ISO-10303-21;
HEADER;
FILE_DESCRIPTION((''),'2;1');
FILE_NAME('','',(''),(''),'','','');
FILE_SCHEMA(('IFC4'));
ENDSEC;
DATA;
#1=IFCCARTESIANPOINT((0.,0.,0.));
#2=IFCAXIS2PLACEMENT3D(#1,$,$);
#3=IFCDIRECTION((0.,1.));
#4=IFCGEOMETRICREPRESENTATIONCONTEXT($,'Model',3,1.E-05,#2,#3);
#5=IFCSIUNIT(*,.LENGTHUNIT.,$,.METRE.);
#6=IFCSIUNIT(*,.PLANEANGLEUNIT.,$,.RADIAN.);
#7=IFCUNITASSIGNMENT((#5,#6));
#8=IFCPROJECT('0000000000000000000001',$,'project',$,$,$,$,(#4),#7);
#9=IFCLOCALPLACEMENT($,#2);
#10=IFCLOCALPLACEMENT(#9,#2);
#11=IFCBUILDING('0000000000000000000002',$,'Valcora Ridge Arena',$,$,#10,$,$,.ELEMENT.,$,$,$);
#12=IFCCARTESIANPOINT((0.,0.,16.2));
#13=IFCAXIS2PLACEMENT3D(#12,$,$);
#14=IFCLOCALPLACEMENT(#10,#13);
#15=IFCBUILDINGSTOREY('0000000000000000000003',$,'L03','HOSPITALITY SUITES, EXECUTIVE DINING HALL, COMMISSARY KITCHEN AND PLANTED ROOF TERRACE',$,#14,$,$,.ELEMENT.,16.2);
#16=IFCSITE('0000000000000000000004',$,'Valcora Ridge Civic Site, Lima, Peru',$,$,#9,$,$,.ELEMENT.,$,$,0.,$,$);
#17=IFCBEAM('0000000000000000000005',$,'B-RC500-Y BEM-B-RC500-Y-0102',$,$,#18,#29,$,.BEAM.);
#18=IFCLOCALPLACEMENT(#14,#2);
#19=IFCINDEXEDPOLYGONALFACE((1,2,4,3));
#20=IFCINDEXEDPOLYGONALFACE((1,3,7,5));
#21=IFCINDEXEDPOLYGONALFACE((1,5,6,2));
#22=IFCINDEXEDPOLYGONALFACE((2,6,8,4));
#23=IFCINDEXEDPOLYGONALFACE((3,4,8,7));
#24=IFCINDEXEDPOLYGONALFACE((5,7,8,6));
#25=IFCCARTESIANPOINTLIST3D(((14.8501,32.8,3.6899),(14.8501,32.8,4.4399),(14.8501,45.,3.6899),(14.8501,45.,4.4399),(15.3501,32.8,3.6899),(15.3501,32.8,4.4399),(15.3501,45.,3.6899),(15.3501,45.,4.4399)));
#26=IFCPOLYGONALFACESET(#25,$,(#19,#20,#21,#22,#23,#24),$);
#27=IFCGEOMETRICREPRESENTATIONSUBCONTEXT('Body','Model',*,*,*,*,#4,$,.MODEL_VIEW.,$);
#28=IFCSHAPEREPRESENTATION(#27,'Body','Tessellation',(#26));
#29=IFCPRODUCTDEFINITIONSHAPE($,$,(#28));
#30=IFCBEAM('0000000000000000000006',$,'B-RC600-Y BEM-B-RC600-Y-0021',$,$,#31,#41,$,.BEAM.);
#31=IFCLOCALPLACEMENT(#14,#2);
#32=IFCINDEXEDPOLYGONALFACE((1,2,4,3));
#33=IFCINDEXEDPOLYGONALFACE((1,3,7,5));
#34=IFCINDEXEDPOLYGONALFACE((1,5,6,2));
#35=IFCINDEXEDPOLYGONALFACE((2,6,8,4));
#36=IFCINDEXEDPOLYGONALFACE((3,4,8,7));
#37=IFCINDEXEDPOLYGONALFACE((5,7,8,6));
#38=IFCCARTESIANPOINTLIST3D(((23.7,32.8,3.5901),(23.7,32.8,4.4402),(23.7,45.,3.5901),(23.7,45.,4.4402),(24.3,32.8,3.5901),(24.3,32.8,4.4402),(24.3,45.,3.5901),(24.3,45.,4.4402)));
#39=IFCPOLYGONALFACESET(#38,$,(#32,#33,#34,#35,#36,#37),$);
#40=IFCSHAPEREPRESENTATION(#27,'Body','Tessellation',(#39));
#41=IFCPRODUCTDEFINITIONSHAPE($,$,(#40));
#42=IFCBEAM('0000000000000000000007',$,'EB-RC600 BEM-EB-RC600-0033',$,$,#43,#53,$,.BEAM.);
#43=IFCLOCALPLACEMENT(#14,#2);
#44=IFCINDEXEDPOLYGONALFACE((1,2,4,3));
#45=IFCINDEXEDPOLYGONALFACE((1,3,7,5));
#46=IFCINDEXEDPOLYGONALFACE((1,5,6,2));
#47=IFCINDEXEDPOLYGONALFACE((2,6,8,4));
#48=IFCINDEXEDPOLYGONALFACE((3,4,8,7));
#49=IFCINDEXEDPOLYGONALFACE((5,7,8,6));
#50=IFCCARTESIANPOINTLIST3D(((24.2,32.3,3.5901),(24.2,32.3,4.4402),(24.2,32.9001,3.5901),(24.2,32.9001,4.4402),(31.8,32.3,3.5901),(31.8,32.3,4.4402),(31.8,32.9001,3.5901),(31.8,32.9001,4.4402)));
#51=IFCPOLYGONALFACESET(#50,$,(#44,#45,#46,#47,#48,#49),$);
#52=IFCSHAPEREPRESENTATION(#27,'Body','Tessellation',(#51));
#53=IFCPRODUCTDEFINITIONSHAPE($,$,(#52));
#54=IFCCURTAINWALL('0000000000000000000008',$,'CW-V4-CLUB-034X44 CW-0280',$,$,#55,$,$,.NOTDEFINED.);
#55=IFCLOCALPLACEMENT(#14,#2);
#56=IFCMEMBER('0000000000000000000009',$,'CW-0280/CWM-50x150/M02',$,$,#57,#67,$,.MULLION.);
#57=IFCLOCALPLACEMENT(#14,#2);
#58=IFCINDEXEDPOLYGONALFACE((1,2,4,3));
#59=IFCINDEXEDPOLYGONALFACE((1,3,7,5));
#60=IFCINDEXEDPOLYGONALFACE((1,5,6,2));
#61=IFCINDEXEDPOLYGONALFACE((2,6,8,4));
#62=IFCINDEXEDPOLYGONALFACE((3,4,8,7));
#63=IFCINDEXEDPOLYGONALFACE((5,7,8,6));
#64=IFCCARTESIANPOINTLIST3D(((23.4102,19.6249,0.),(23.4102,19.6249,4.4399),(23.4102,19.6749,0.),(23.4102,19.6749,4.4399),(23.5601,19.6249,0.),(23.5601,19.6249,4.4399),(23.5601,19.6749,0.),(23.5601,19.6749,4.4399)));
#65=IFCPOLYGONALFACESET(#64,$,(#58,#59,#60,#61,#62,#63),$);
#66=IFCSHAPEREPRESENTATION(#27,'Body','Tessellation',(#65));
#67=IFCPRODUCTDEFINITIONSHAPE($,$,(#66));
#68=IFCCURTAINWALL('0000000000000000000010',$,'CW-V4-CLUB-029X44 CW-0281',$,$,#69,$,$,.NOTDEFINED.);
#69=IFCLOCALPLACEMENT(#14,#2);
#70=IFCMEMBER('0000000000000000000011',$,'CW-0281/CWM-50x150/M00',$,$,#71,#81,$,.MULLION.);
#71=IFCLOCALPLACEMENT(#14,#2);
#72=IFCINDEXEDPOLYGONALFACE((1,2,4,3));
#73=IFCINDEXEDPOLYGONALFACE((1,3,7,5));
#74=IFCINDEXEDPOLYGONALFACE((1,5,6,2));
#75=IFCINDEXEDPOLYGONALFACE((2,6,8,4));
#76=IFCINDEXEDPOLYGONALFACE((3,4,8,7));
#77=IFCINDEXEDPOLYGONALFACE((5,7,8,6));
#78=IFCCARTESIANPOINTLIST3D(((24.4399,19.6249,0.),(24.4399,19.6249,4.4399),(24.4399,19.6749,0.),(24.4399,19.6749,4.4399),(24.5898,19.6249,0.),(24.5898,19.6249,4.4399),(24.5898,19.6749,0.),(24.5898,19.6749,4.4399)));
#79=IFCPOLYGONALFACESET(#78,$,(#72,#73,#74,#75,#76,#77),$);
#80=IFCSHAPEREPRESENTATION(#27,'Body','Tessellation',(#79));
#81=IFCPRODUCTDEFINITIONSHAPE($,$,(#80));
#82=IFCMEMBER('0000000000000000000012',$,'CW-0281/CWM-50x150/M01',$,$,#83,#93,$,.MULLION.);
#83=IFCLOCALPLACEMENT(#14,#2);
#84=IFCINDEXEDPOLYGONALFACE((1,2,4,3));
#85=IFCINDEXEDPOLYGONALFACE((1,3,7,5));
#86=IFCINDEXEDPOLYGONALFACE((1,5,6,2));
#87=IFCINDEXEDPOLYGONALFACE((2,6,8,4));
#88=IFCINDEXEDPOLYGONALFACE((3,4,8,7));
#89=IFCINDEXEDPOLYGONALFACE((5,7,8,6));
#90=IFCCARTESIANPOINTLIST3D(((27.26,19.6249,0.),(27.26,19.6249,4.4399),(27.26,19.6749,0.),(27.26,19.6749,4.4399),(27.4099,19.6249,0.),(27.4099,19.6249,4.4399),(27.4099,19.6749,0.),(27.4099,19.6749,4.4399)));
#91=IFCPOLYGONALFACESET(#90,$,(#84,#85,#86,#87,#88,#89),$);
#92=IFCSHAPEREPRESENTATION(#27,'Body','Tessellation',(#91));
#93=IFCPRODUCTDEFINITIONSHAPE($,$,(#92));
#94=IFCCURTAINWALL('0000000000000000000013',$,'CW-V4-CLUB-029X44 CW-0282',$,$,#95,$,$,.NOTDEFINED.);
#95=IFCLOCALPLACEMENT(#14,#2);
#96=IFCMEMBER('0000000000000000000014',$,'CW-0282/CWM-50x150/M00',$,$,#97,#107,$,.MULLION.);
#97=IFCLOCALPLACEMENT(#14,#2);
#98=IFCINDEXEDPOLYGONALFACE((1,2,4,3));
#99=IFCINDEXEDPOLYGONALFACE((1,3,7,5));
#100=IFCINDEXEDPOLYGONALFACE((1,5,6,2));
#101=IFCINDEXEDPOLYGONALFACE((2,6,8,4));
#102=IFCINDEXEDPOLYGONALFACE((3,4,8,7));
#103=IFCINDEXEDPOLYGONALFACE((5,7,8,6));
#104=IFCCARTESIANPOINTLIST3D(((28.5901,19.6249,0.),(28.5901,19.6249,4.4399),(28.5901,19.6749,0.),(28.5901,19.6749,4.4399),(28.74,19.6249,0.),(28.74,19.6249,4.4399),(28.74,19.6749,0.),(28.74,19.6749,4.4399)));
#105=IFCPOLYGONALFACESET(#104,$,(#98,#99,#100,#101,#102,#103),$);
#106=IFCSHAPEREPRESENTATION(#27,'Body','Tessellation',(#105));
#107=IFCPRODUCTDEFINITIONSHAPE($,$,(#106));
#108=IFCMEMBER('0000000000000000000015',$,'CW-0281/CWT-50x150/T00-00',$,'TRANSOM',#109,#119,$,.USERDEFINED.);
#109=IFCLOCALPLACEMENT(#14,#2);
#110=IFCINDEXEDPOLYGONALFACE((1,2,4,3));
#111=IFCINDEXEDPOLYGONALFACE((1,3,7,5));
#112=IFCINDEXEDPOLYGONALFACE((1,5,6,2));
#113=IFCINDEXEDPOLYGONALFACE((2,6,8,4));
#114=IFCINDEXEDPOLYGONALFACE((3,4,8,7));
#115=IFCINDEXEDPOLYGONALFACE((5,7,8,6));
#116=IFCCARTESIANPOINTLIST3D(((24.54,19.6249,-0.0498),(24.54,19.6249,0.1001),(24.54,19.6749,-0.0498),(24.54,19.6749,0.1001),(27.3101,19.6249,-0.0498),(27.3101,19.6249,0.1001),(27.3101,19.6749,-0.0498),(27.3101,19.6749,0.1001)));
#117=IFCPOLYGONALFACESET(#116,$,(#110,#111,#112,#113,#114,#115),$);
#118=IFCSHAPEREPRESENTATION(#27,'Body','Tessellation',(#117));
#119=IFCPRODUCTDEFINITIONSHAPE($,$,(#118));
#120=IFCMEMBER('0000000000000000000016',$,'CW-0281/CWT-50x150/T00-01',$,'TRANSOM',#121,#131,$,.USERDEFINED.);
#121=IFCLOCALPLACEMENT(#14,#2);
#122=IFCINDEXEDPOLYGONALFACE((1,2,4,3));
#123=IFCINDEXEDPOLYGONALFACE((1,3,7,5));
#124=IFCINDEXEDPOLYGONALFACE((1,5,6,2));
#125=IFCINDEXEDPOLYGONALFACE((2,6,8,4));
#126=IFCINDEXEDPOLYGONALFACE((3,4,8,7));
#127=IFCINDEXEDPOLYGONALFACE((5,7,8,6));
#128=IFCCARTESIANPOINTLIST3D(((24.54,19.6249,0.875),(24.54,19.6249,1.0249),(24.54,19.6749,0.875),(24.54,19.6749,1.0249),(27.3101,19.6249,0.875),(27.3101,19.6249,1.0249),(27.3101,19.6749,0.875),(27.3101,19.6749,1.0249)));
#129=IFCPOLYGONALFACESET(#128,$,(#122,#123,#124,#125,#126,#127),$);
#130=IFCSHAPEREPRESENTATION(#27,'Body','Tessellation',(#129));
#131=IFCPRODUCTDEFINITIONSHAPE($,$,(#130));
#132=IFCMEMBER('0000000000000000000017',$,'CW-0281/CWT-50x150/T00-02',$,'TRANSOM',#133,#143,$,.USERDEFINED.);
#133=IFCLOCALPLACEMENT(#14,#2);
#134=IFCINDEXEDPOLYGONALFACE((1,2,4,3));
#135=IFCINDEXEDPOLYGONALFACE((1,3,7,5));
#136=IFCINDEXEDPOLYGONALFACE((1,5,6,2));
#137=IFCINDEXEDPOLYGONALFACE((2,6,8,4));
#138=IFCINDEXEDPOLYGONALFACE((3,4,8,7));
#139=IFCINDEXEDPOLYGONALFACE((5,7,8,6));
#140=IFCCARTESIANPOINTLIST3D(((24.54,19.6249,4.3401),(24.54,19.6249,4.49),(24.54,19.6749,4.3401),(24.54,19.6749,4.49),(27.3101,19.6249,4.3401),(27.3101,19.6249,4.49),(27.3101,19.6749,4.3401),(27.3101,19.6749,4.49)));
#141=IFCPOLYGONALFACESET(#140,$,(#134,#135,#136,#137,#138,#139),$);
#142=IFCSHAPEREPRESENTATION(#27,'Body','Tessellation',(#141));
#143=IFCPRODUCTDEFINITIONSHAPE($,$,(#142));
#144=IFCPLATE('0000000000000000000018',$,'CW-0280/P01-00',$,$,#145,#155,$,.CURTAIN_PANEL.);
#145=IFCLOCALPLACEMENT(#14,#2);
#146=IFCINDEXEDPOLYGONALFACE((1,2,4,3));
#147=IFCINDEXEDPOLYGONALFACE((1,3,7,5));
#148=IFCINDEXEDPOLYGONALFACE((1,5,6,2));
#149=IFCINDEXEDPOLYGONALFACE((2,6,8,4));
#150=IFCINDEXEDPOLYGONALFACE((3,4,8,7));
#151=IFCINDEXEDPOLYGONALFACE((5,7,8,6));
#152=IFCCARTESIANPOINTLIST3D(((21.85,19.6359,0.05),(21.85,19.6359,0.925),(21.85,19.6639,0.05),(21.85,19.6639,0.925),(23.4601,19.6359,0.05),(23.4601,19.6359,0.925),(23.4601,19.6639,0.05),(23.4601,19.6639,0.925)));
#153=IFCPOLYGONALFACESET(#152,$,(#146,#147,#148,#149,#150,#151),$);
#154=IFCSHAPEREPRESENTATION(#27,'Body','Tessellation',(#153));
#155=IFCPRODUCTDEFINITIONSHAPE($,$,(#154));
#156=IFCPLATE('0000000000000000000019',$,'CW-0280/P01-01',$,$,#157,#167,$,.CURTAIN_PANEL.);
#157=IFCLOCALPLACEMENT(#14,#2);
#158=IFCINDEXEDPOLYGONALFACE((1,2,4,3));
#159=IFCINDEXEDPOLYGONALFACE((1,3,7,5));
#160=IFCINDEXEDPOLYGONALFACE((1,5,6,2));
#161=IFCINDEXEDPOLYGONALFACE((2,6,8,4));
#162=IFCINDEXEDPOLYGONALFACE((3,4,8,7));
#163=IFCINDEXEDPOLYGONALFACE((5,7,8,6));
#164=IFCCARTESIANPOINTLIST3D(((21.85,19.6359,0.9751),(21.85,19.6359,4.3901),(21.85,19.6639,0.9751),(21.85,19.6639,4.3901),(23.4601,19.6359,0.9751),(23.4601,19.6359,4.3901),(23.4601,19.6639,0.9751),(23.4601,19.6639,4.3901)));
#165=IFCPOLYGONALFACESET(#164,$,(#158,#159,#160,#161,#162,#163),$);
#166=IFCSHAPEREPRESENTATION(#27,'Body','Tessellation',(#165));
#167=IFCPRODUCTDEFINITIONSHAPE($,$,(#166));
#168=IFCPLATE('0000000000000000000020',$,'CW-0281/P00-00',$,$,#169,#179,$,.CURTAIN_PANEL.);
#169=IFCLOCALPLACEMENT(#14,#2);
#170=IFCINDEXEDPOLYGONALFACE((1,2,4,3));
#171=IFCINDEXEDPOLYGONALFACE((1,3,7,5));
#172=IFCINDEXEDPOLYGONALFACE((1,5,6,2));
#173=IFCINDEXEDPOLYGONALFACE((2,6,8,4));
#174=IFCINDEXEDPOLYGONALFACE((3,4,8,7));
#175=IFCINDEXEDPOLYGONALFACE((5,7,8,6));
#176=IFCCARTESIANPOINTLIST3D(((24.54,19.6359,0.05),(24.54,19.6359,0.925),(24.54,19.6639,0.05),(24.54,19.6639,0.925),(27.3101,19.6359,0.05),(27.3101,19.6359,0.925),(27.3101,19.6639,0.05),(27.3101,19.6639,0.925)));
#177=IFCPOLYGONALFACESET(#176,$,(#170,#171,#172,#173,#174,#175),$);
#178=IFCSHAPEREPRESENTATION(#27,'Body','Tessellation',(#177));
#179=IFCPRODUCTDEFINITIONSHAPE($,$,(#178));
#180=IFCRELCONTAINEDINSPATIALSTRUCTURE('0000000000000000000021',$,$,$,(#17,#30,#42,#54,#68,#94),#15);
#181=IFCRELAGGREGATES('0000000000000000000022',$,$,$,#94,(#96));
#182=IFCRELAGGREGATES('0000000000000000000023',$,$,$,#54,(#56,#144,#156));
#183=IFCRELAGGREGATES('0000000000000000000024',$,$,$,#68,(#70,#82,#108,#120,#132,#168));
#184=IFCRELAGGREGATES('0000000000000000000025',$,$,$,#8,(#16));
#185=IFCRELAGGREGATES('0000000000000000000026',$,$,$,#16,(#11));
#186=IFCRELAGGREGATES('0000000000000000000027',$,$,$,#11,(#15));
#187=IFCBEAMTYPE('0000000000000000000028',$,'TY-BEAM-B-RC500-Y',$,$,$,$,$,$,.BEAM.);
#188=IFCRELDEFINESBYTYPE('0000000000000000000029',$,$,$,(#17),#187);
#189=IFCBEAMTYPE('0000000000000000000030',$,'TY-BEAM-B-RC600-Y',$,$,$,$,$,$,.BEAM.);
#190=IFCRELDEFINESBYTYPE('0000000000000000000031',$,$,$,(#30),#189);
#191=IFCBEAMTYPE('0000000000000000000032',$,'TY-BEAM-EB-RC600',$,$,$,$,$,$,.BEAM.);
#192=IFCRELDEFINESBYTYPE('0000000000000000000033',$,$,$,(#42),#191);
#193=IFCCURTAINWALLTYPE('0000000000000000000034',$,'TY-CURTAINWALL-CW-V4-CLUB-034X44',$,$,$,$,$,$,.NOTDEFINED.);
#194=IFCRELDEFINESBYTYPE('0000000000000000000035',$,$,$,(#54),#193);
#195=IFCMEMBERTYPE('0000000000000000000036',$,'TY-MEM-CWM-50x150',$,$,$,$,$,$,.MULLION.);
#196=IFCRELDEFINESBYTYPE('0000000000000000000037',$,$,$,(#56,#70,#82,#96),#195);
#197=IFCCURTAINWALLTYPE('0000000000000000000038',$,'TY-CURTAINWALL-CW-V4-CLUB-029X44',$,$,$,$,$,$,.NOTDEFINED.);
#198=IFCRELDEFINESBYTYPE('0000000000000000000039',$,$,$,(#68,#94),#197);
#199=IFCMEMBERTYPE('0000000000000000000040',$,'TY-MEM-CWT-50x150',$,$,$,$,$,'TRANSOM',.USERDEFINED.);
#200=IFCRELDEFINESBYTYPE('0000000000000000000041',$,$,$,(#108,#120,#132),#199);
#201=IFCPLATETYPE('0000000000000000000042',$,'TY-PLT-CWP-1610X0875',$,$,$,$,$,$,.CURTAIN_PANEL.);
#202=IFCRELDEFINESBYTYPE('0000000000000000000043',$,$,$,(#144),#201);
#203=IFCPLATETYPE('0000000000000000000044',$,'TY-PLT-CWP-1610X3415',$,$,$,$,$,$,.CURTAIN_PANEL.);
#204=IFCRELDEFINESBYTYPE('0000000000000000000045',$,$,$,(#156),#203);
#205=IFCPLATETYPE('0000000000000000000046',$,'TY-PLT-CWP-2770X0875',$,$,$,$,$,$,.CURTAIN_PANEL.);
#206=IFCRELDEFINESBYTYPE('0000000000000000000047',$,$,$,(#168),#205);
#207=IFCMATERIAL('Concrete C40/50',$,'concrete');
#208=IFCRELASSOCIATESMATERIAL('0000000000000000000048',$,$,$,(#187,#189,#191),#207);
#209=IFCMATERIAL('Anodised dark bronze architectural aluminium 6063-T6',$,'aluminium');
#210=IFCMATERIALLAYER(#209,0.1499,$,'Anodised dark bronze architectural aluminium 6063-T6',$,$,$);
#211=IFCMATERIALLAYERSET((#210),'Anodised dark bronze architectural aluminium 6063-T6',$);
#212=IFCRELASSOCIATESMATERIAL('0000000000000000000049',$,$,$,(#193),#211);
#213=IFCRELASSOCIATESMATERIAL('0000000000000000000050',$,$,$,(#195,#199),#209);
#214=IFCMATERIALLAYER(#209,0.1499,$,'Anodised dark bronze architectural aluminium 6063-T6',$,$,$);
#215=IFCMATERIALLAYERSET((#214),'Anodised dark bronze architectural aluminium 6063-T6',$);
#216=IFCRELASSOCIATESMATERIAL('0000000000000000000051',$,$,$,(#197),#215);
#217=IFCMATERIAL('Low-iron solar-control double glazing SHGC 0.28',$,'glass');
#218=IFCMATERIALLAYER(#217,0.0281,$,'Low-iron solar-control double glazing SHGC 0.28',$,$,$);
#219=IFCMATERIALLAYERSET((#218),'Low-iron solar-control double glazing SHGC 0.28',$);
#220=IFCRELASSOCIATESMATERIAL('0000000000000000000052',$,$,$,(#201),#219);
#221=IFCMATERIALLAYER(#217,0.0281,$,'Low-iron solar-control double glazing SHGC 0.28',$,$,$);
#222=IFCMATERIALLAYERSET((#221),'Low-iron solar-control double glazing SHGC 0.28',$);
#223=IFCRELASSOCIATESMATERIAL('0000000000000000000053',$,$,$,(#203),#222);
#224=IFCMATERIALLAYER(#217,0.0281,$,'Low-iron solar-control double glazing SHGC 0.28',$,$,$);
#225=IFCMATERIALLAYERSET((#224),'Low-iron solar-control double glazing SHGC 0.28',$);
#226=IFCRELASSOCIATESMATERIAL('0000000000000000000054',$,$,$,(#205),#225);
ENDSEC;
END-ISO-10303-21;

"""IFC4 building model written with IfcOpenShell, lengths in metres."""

from ifc_helpers import new_model, si_unit, direction, frame, origin, origin_2d, place, context, subcontext, project, spatial, rectangle, extrude, material, layer, layer_set, material_profile, profile_set, type_object, element, aggregate, save


model = new_model("IFC4")

# Units and contexts
model_context = context("Model", 3, precision=1e-05, world=origin(), true_north=direction((0.0, 1.0)))
body_context = subcontext(model_context, "Body", "Model", "MODEL_VIEW")
ifc_project = project(units=[si_unit("LENGTHUNIT", "METRE"), si_unit("PLANEANGLEUNIT", "RADIAN")], contexts=[model_context])

# Site, building, storey
site_placement = place(None, origin())
site = spatial("IfcSite", under=ifc_project, at=site_placement, Name="Valcora Ridge Civic Site, Lima, Peru", CompositionType="ELEMENT", RefElevation=0.0)
building_placement = place(site_placement, origin())
building = spatial("IfcBuilding", under=site, at=building_placement, Name="Valcora Ridge Arena", CompositionType="ELEMENT")
storey_placement = place(building_placement, frame((0.0, 0.0, 16.2)))
storey = spatial("IfcBuildingStorey", under=building, at=storey_placement, Name="L03", Description="HOSPITALITY SUITES, EXECUTIVE DINING HALL, COMMISSARY KITCHEN AND PLANTED ROOF TERRACE", CompositionType="ELEMENT", Elevation=16.2)

# Shared definitions
ifc_material_1 = material(Name="Concrete C40/50", Category="concrete")

# Beams
ifc_material_profile_1 = material_profile(ifc_material_1, rectangle(XDim=0.5, YDim=0.75, at=origin_2d()), Name="RC 500x750")
ifc_profile_set_1 = profile_set([ifc_material_profile_1], Name="Concrete C40/50")
beam_type_1 = type_object("IfcBeamType", Name="TY-BEAM-B-RC500-Y", PredefinedType="BEAM", material=ifc_profile_set_1)
beam_1_placement = place(storey_placement, frame((15.1001, 32.8, 4.0649), z_axis=(0.0, 1.0, 0.0), x_axis=(-1.0, 0.0, 0.0)))
element("IfcBeam", 1, at=beam_1_placement, inside=storey, type_object=beam_type_1, Name="B-RC500-Y BEM-B-RC500-Y-0102", PredefinedType="BEAM", context=body_context, shape_type="SweptSolid", body=[
    extrude(rectangle(XDim=0.5, YDim=0.75, at=origin_2d()), origin(), (0.0, 0.0, 1.0), 12.2),
])
ifc_material_profile_2 = material_profile(ifc_material_1, rectangle(XDim=0.6001, YDim=0.8501, at=origin_2d()), Name="RC 600x850")
ifc_profile_set_2 = profile_set([ifc_material_profile_2], Name="Concrete C40/50")
beam_type_2 = type_object("IfcBeamType", Name="TY-BEAM-B-RC600-Y", PredefinedType="BEAM", material=ifc_profile_set_2)
beam_2_placement = place(storey_placement, frame((24.0, 32.8, 4.0151), z_axis=(0.0, 1.0, 0.0), x_axis=(-1.0, 0.0, 0.0)))
element("IfcBeam", 2, at=beam_2_placement, inside=storey, type_object=beam_type_2, Name="B-RC600-Y BEM-B-RC600-Y-0021", PredefinedType="BEAM", context=body_context, shape_type="SweptSolid", body=[
    extrude(rectangle(XDim=0.6001, YDim=0.8501, at=origin_2d()), origin(), (0.0, 0.0, 1.0), 12.2),
])
ifc_material_profile_3 = material_profile(ifc_material_1, rectangle(XDim=0.6001, YDim=0.8501, at=origin_2d()), Name="RC 600x850")
ifc_profile_set_3 = profile_set([ifc_material_profile_3], Name="Concrete C40/50")
beam_type_3 = type_object("IfcBeamType", Name="TY-BEAM-EB-RC600", PredefinedType="BEAM", material=ifc_profile_set_3)
beam_3_placement = place(storey_placement, frame((24.2, 32.6001, 4.0151), z_axis=(1.0, 0.0, 0.0), x_axis=(0.0, 1.0, 0.0)))
element("IfcBeam", 3, at=beam_3_placement, inside=storey, type_object=beam_type_3, Name="EB-RC600 BEM-EB-RC600-0033", PredefinedType="BEAM", context=body_context, shape_type="SweptSolid", body=[
    extrude(rectangle(XDim=0.6001, YDim=0.8501, at=origin_2d()), origin(), (0.0, 0.0, 1.0), 7.6001),
])

# Curtain wall, member
ifc_material_2 = material(Name="Anodised dark bronze architectural aluminium 6063-T6", Category="aluminium")
ifc_layer_1 = layer(ifc_material_2, 0.1499, Name="Anodised dark bronze architectural aluminium 6063-T6")
ifc_layer_set_1 = layer_set([ifc_layer_1], Name="Anodised dark bronze architectural aluminium 6063-T6")
curtain_wall_type_1 = type_object("IfcCurtainWallType", Name="TY-CURTAINWALL-CW-V4-CLUB-034X44", PredefinedType="NOTDEFINED", material=ifc_layer_set_1)
curtain_wall_1_placement = place(storey_placement, origin())
curtain_wall_1 = element("IfcCurtainWall", 4, at=curtain_wall_1_placement, inside=storey, type_object=curtain_wall_type_1, Name="CW-V4-CLUB-034X44 CW-0280", PredefinedType="NOTDEFINED")
ifc_material_profile_4 = material_profile(ifc_material_2, rectangle(XDim=0.05, YDim=0.1499, at=origin_2d()), Name="ALU MULLION 50x150")
ifc_profile_set_4 = profile_set([ifc_material_profile_4], Name="Anodised dark bronze architectural aluminium 6063-T6")
member_type_1 = type_object("IfcMemberType", Name="TY-MEM-CWM-50x150", PredefinedType="MULLION", material=ifc_profile_set_4)
member_1_placement = place(storey_placement, frame((23.4851, 19.6499, 0.0), z_axis=(0.0, 0.0, 1.0), x_axis=(0.0, 1.0, 0.0)))
member_1 = element("IfcMember", 5, at=member_1_placement, type_object=member_type_1, Name="CW-0280/CWM-50x150/M02", PredefinedType="MULLION", context=body_context, shape_type="SweptSolid", body=[
    extrude(rectangle(XDim=0.05, YDim=0.1499, at=origin_2d()), origin(), (0.0, 0.0, 1.0), 4.4399),
])

# Curtain wall, members
ifc_layer_2 = layer(ifc_material_2, 0.1499, Name="Anodised dark bronze architectural aluminium 6063-T6")
ifc_layer_set_2 = layer_set([ifc_layer_2], Name="Anodised dark bronze architectural aluminium 6063-T6")
curtain_wall_type_2 = type_object("IfcCurtainWallType", Name="TY-CURTAINWALL-CW-V4-CLUB-029X44", PredefinedType="NOTDEFINED", material=ifc_layer_set_2)
curtain_wall_2_placement = place(storey_placement, origin())
curtain_wall_2 = element("IfcCurtainWall", 6, at=curtain_wall_2_placement, inside=storey, type_object=curtain_wall_type_2, Name="CW-V4-CLUB-029X44 CW-0281", PredefinedType="NOTDEFINED")
member_2_placement = place(storey_placement, frame((24.5149, 19.6499, 0.0), z_axis=(0.0, 0.0, 1.0), x_axis=(0.0, 1.0, 0.0)))
member_2 = element("IfcMember", 7, at=member_2_placement, type_object=member_type_1, Name="CW-0281/CWM-50x150/M00", PredefinedType="MULLION", context=body_context, shape_type="SweptSolid", body=[
    extrude(rectangle(XDim=0.05, YDim=0.1499, at=origin_2d()), origin(), (0.0, 0.0, 1.0), 4.4399),
])
member_3_placement = place(storey_placement, frame((27.335, 19.6499, 0.0), z_axis=(0.0, 0.0, 1.0), x_axis=(0.0, 1.0, 0.0)))
member_3 = element("IfcMember", 8, at=member_3_placement, type_object=member_type_1, Name="CW-0281/CWM-50x150/M01", PredefinedType="MULLION", context=body_context, shape_type="SweptSolid", body=[
    extrude(rectangle(XDim=0.05, YDim=0.1499, at=origin_2d()), origin(), (0.0, 0.0, 1.0), 4.4399),
])

# Curtain wall, member
curtain_wall_3_placement = place(storey_placement, origin())
curtain_wall_3 = element("IfcCurtainWall", 9, at=curtain_wall_3_placement, inside=storey, type_object=curtain_wall_type_2, Name="CW-V4-CLUB-029X44 CW-0282", PredefinedType="NOTDEFINED")
member_4_placement = place(storey_placement, frame((28.665, 19.6499, 0.0), z_axis=(0.0, 0.0, 1.0), x_axis=(0.0, 1.0, 0.0)))
member_4 = element("IfcMember", 10, at=member_4_placement, type_object=member_type_1, Name="CW-0282/CWM-50x150/M00", PredefinedType="MULLION", context=body_context, shape_type="SweptSolid", body=[
    extrude(rectangle(XDim=0.05, YDim=0.1499, at=origin_2d()), origin(), (0.0, 0.0, 1.0), 4.4399),
])
aggregate(curtain_wall_3, [member_4])

# Members
ifc_material_profile_5 = material_profile(ifc_material_2, rectangle(XDim=0.05, YDim=0.1499, at=origin_2d()), Name="ALU TRANSOM 50x150")
ifc_profile_set_5 = profile_set([ifc_material_profile_5], Name="Anodised dark bronze architectural aluminium 6063-T6")
member_type_2 = type_object("IfcMemberType", Name="TY-MEM-CWT-50x150", ElementType="TRANSOM", PredefinedType="USERDEFINED", material=ifc_profile_set_5)
member_5_placement = place(storey_placement, frame((24.54, 19.6499, 0.0251), z_axis=(1.0, 0.0, 0.0), x_axis=(0.0, 1.0, 0.0)))
member_5 = element("IfcMember", 11, at=member_5_placement, type_object=member_type_2, Name="CW-0281/CWT-50x150/T00-00", ObjectType="TRANSOM", PredefinedType="USERDEFINED", context=body_context, shape_type="SweptSolid", body=[
    extrude(rectangle(XDim=0.05, YDim=0.1499, at=origin_2d()), origin(), (0.0, 0.0, 1.0), 2.77),
])
member_6_placement = place(storey_placement, frame((24.54, 19.6499, 0.95), z_axis=(1.0, 0.0, 0.0), x_axis=(0.0, 1.0, 0.0)))
member_6 = element("IfcMember", 12, at=member_6_placement, type_object=member_type_2, Name="CW-0281/CWT-50x150/T00-01", ObjectType="TRANSOM", PredefinedType="USERDEFINED", context=body_context, shape_type="SweptSolid", body=[
    extrude(rectangle(XDim=0.05, YDim=0.1499, at=origin_2d()), origin(), (0.0, 0.0, 1.0), 2.77),
])
member_7_placement = place(storey_placement, frame((24.54, 19.6499, 4.415), z_axis=(1.0, 0.0, 0.0), x_axis=(0.0, 1.0, 0.0)))
member_7 = element("IfcMember", 13, at=member_7_placement, type_object=member_type_2, Name="CW-0281/CWT-50x150/T00-02", ObjectType="TRANSOM", PredefinedType="USERDEFINED", context=body_context, shape_type="SweptSolid", body=[
    extrude(rectangle(XDim=0.05, YDim=0.1499, at=origin_2d()), origin(), (0.0, 0.0, 1.0), 2.77),
])

# Plates
ifc_material_3 = material(Name="Low-iron solar-control double glazing SHGC 0.28", Category="glass")
ifc_layer_3 = layer(ifc_material_3, 0.0281, Name="Low-iron solar-control double glazing SHGC 0.28")
ifc_layer_set_3 = layer_set([ifc_layer_3], Name="Low-iron solar-control double glazing SHGC 0.28")
plate_type_1 = type_object("IfcPlateType", Name="TY-PLT-CWP-1610X0875", PredefinedType="CURTAIN_PANEL", material=ifc_layer_set_3)
plate_1_placement = place(storey_placement, frame((22.655, 19.6499, 0.05), z_axis=(0.0, 0.0, 1.0), x_axis=(1.0, 0.0, 0.0)))
plate_1 = element("IfcPlate", 14, at=plate_1_placement, type_object=plate_type_1, Name="CW-0280/P01-00", PredefinedType="CURTAIN_PANEL", context=body_context, shape_type="SweptSolid", body=[
    extrude(rectangle(XDim=1.6101, YDim=0.0281, at=origin_2d()), origin(), (0.0, 0.0, 1.0), 0.875),
])
ifc_layer_4 = layer(ifc_material_3, 0.0281, Name="Low-iron solar-control double glazing SHGC 0.28")
ifc_layer_set_4 = layer_set([ifc_layer_4], Name="Low-iron solar-control double glazing SHGC 0.28")
plate_type_2 = type_object("IfcPlateType", Name="TY-PLT-CWP-1610X3415", PredefinedType="CURTAIN_PANEL", material=ifc_layer_set_4)
plate_2_placement = place(storey_placement, frame((22.655, 19.6499, 0.9751), z_axis=(0.0, 0.0, 1.0), x_axis=(1.0, 0.0, 0.0)))
plate_2 = element("IfcPlate", 15, at=plate_2_placement, type_object=plate_type_2, Name="CW-0280/P01-01", PredefinedType="CURTAIN_PANEL", context=body_context, shape_type="SweptSolid", body=[
    extrude(rectangle(XDim=1.6101, YDim=0.0281, at=origin_2d()), origin(), (0.0, 0.0, 1.0), 3.415),
])
aggregate(curtain_wall_1, [member_1, plate_1, plate_2])
ifc_layer_5 = layer(ifc_material_3, 0.0281, Name="Low-iron solar-control double glazing SHGC 0.28")
ifc_layer_set_5 = layer_set([ifc_layer_5], Name="Low-iron solar-control double glazing SHGC 0.28")
plate_type_3 = type_object("IfcPlateType", Name="TY-PLT-CWP-2770X0875", PredefinedType="CURTAIN_PANEL", material=ifc_layer_set_5)
plate_3_placement = place(storey_placement, frame((25.925, 19.6499, 0.05), z_axis=(0.0, 0.0, 1.0), x_axis=(1.0, 0.0, 0.0)))
plate_3 = element("IfcPlate", 16, at=plate_3_placement, type_object=plate_type_3, Name="CW-0281/P00-00", PredefinedType="CURTAIN_PANEL", context=body_context, shape_type="SweptSolid", body=[
    extrude(rectangle(XDim=2.77, YDim=0.0281, at=origin_2d()), origin(), (0.0, 0.0, 1.0), 0.875),
])
aggregate(curtain_wall_2, [member_2, member_3, member_5, member_6, member_7, plate_3])

save(model, "model.ifc")
